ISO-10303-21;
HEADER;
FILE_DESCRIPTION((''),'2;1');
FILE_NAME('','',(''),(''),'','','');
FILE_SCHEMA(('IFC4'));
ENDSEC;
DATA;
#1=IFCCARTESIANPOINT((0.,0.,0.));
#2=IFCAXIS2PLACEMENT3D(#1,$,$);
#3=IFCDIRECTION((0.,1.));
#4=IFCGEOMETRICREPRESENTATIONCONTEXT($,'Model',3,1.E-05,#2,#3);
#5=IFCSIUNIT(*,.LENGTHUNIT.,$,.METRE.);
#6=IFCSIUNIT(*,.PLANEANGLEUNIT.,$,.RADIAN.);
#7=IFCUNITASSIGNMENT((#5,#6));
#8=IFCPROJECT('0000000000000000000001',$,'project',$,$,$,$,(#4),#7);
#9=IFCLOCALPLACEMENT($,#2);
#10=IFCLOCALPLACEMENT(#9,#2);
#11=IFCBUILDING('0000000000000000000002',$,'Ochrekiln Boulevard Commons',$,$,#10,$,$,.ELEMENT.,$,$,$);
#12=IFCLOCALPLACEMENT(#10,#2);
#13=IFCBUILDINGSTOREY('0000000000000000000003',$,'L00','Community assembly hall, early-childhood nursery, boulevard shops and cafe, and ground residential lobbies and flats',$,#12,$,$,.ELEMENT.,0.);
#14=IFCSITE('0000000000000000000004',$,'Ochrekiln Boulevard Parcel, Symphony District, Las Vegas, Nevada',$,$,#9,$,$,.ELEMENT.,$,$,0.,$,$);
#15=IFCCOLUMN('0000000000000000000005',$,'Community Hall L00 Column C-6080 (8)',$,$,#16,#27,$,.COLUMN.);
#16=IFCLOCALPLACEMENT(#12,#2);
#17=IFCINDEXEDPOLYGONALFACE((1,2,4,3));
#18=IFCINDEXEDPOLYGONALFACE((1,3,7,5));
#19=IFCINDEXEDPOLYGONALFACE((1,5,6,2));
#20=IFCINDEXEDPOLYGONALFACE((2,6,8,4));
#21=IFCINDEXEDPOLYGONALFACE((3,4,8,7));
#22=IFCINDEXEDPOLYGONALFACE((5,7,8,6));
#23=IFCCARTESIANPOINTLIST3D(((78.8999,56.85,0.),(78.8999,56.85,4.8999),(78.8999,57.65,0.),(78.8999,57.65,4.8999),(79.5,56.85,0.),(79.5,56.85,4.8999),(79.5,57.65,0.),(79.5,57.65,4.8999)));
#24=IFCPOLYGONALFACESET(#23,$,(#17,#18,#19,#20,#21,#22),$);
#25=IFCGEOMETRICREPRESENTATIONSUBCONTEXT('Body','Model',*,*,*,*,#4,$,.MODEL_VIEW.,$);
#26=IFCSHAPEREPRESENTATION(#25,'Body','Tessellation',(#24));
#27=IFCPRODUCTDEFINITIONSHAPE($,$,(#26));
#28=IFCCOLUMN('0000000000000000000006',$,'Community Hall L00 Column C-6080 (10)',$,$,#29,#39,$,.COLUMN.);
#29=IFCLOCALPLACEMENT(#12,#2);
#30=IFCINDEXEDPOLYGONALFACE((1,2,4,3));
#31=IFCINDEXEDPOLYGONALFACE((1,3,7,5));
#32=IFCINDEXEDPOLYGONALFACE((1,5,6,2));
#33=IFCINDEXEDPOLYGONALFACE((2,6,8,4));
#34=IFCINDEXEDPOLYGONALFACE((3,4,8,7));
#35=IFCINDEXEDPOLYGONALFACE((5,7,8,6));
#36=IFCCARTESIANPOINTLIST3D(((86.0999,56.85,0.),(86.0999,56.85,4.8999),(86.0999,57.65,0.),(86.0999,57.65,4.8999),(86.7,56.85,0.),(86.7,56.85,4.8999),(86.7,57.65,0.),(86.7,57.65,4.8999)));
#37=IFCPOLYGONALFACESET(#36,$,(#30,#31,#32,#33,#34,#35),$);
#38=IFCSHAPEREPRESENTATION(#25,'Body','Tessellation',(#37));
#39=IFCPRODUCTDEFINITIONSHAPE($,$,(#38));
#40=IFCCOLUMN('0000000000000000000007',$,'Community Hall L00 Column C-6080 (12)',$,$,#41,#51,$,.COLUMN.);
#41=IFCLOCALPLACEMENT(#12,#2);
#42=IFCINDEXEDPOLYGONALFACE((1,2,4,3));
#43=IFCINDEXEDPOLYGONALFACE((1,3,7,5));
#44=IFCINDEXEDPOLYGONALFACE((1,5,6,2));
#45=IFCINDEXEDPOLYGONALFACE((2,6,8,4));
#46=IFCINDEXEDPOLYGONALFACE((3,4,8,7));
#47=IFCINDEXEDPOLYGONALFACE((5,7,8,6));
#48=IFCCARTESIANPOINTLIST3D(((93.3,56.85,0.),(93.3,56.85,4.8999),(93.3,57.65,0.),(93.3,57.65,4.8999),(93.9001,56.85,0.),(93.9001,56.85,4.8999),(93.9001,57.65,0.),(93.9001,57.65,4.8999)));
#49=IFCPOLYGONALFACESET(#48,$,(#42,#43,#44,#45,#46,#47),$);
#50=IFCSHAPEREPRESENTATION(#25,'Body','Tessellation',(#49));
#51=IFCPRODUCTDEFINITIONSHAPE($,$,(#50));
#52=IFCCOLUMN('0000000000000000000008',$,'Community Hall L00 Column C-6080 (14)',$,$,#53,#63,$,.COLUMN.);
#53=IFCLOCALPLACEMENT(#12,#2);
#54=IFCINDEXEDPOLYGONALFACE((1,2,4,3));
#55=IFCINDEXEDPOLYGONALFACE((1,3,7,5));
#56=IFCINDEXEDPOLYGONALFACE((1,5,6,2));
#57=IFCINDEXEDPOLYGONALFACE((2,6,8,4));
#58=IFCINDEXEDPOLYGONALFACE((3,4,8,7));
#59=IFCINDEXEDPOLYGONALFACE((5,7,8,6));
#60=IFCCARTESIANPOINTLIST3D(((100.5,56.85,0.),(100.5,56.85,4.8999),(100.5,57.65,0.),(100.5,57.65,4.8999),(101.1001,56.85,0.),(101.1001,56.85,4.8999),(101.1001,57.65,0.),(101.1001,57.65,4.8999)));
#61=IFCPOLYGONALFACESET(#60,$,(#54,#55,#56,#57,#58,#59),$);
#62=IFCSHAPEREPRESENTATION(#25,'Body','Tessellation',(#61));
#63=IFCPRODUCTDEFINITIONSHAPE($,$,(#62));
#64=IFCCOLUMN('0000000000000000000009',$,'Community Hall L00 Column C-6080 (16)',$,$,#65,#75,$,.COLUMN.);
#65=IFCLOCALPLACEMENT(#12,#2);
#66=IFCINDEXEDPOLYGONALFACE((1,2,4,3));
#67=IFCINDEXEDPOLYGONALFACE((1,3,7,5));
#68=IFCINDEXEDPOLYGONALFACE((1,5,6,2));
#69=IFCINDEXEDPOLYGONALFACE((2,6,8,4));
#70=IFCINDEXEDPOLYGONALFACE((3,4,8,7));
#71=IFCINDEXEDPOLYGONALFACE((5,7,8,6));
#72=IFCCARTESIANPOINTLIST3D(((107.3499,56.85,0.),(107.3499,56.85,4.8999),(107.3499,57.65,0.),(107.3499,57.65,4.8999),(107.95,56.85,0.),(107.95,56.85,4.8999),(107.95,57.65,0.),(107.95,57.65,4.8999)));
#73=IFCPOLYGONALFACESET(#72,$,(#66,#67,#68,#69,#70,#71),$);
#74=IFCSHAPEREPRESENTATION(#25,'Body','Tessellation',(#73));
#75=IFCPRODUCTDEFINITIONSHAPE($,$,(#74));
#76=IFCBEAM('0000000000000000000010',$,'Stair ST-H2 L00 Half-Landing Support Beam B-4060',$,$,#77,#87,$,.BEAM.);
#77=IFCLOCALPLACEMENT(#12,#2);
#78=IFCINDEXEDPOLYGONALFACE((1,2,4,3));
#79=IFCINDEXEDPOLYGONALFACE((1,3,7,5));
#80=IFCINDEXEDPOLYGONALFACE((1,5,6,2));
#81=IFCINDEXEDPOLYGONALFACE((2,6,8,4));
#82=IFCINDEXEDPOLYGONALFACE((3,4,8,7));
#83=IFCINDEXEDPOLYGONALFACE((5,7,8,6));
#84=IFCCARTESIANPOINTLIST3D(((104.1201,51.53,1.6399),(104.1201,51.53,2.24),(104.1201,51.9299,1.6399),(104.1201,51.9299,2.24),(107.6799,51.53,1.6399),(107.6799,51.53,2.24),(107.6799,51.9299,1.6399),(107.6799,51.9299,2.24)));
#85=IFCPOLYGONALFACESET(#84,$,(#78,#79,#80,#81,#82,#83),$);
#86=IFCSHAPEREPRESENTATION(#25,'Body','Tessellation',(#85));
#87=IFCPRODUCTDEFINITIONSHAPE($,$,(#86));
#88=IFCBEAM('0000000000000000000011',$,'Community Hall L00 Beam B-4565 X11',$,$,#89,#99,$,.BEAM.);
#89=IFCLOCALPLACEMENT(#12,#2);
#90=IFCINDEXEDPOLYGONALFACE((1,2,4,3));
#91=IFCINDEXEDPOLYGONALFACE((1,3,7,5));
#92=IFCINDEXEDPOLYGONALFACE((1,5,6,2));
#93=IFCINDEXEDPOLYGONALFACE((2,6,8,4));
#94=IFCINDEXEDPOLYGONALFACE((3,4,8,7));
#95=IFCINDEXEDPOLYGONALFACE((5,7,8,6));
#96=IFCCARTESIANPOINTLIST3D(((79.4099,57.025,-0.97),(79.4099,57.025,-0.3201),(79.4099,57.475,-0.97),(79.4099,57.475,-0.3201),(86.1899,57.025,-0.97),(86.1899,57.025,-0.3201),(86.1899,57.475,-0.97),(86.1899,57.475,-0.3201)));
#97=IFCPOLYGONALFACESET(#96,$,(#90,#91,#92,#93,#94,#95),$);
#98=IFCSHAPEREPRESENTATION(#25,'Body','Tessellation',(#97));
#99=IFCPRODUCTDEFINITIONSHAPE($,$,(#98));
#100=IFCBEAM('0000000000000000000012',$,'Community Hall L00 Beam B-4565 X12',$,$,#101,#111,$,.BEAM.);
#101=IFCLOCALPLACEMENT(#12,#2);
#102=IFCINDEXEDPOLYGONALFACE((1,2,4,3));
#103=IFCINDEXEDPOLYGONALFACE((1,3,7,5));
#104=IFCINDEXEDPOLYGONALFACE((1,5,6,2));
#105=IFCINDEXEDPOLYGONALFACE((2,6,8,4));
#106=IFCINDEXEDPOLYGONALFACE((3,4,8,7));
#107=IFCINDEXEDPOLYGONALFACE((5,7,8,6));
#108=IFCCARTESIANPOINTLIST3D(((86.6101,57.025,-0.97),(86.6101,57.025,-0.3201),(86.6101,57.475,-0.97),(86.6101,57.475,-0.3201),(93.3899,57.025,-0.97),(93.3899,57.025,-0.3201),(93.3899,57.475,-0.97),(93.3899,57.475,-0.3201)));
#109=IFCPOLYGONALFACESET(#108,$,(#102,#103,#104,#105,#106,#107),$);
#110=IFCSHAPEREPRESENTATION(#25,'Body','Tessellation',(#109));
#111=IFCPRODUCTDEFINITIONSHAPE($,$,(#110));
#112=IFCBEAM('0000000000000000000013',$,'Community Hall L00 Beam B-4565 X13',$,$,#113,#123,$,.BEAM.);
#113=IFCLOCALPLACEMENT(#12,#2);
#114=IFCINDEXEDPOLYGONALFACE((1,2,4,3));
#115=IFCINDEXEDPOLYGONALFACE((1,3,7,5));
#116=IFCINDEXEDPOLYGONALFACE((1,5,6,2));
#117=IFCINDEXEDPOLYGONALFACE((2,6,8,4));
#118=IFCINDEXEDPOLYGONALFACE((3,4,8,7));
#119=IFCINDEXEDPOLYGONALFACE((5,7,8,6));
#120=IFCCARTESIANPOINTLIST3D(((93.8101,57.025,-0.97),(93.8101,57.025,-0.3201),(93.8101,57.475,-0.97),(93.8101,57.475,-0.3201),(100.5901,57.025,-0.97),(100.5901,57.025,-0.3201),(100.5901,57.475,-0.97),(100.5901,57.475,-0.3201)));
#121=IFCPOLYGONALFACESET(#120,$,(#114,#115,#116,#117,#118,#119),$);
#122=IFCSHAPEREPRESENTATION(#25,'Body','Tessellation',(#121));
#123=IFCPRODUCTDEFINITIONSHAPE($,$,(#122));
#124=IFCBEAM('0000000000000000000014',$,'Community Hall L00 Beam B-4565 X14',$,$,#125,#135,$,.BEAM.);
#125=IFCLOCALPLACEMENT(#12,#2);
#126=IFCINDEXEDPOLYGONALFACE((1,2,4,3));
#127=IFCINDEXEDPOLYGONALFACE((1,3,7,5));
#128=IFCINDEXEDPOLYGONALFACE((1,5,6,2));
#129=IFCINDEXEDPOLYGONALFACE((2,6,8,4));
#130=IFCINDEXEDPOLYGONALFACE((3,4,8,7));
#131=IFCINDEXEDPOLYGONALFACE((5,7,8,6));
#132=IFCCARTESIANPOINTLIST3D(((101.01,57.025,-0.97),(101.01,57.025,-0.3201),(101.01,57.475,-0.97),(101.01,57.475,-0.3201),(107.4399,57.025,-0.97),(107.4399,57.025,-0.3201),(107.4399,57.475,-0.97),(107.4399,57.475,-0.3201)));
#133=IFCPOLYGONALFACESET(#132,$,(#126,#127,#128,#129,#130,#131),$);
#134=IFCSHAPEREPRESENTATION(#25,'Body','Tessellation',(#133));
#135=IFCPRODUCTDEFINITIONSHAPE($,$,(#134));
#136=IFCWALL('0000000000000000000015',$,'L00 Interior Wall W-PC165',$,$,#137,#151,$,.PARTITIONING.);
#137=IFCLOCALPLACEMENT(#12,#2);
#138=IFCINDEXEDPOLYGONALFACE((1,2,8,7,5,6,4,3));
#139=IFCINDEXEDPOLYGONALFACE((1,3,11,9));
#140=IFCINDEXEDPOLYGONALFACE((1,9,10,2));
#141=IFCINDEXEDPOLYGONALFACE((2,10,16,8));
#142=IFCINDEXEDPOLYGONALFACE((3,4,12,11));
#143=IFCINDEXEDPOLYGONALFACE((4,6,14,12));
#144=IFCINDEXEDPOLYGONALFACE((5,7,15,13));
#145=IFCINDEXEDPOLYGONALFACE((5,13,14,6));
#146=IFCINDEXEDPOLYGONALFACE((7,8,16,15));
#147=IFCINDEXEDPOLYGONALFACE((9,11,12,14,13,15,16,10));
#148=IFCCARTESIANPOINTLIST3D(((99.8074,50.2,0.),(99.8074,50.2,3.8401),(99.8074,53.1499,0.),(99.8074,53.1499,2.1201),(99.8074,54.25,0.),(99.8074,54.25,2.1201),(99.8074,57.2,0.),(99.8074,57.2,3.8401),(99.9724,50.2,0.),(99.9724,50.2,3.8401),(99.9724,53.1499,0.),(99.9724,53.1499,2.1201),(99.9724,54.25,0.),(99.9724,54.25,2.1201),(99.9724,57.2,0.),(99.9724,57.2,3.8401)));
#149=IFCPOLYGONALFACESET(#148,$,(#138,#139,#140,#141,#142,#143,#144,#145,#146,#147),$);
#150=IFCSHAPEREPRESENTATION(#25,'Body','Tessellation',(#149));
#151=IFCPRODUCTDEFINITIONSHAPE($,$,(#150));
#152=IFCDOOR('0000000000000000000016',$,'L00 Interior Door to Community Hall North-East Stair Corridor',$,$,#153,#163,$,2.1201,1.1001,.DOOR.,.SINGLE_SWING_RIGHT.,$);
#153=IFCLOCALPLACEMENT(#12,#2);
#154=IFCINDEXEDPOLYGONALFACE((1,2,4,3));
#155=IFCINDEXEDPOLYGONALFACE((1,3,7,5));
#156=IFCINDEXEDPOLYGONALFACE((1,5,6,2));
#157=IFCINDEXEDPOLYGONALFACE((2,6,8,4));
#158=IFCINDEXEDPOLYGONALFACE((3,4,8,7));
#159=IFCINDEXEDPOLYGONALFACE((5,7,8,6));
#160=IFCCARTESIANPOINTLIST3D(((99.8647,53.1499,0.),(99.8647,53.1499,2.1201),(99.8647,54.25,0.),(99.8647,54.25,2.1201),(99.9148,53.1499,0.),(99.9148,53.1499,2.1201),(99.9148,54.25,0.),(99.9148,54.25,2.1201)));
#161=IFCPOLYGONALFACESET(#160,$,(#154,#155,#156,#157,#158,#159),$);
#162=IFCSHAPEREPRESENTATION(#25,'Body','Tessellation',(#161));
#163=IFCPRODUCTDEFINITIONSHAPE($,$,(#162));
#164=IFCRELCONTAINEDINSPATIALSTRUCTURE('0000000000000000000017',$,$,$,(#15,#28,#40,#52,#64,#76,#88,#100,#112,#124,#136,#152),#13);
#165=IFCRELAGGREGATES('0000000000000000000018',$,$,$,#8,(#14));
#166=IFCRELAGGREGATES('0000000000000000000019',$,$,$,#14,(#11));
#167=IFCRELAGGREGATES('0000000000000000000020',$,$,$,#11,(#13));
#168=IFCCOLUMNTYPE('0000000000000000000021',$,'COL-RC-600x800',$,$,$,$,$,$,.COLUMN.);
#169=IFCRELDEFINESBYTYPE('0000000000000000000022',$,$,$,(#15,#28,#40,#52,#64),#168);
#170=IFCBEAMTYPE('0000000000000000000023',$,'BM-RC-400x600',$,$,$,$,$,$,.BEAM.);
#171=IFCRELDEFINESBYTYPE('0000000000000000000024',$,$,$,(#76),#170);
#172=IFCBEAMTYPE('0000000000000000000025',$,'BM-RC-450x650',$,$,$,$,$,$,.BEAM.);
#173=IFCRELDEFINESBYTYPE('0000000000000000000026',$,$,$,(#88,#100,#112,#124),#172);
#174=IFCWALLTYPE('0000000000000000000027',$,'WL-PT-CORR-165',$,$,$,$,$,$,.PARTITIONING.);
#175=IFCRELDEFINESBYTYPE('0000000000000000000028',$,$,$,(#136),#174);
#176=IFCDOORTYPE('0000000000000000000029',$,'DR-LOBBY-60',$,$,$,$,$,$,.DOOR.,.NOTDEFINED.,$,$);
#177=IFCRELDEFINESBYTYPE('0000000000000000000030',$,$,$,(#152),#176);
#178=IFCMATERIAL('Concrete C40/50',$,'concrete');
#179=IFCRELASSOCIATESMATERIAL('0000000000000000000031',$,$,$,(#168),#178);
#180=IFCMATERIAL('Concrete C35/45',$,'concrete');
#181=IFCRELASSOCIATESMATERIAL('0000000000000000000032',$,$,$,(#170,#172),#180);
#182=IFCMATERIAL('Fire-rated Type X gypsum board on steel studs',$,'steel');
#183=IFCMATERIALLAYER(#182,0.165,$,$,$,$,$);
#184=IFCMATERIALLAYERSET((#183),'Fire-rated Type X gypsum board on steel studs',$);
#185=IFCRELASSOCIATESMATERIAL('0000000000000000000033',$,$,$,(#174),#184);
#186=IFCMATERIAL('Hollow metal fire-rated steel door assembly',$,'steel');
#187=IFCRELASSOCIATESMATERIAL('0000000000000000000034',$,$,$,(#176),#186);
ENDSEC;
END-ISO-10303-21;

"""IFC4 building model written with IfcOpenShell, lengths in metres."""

from ifc_helpers import new_model, si_unit, direction, frame, frame_2d, origin, origin_2d, place, context, subcontext, project, spatial, rectangle, extrude, material, layer, layer_set, material_profile, profile_set, type_object, element, fill, save


model = new_model("IFC4")

# Units and contexts
model_context = context("Model", 3, precision=1e-05, world=origin(), true_north=direction((0.0, 1.0)))
body_context = subcontext(model_context, "Body", "Model", "MODEL_VIEW")
ifc_project = project(units=[si_unit("LENGTHUNIT", "METRE"), si_unit("PLANEANGLEUNIT", "RADIAN")], contexts=[model_context])

# Site, building, storey
site_placement = place(None, origin())
site = spatial("IfcSite", under=ifc_project, at=site_placement, Name="Ochrekiln Boulevard Parcel, Symphony District, Las Vegas, Nevada", CompositionType="ELEMENT", RefElevation=0.0)
building_placement = place(site_placement, origin())
building = spatial("IfcBuilding", under=site, at=building_placement, Name="Ochrekiln Boulevard Commons", CompositionType="ELEMENT")
storey_placement = place(building_placement, origin())
storey = spatial("IfcBuildingStorey", under=building, at=storey_placement, Name="L00", Description="Community assembly hall, early-childhood nursery, boulevard shops and cafe, and ground residential lobbies and flats", CompositionType="ELEMENT", Elevation=0.0)

# Columns
ifc_material_1 = material(Name="Concrete C40/50", Category="concrete")
ifc_material_profile_1 = material_profile(ifc_material_1, rectangle(XDim=0.6001, YDim=0.8, at=origin_2d()), Name="RC-COL-600x800")
ifc_profile_set_1 = profile_set([ifc_material_profile_1], Name="Concrete C40/50")
column_type = type_object("IfcColumnType", Name="COL-RC-600x800", PredefinedType="COLUMN", material=ifc_profile_set_1)
for number, where, z_axis, x_axis, name in (
    (1, (79.2, 57.25, 0.0), (0.0, 0.0, 1.0), (1.0, 0.0, 0.0), "Community Hall L00 Column C-6080 (8)"),
    (2, (86.3999, 57.25, 0.0), (0.0, 0.0, 1.0), (1.0, 0.0, 0.0), "Community Hall L00 Column C-6080 (10)"),
    (3, (93.6001, 57.25, 0.0), (0.0, 0.0, 1.0), (1.0, 0.0, 0.0), "Community Hall L00 Column C-6080 (12)"),
    (4, (100.8, 57.25, 0.0), (0.0, 0.0, 1.0), (1.0, 0.0, 0.0), "Community Hall L00 Column C-6080 (14)"),
    (5, (107.6499, 57.25, 0.0), (0.0, 0.0, 1.0), (1.0, 0.0, 0.0), "Community Hall L00 Column C-6080 (16)"),
):
    element("IfcColumn", number, at=place(storey_placement, frame(where, z_axis=z_axis, x_axis=x_axis)), inside=storey, type_object=column_type, Name=name, PredefinedType="COLUMN", context=body_context, shape_type="SweptSolid", body=[
        extrude(rectangle(XDim=0.6001, YDim=0.8, at=origin_2d()), origin(), (0.0, 0.0, 1.0), 4.8999),
    ])

# Beams
ifc_material_2 = material(Name="Concrete C35/45", Category="concrete")
ifc_material_profile_2 = material_profile(ifc_material_2, rectangle(XDim=0.3999, YDim=0.6001, at=origin_2d()), Name="RC-BM-400x600")
ifc_profile_set_2 = profile_set([ifc_material_profile_2], Name="Concrete C35/45")
beam_type_1 = type_object("IfcBeamType", Name="BM-RC-400x600", PredefinedType="BEAM", material=ifc_profile_set_2)
beam_1_placement = place(storey_placement, frame((104.1201, 51.73, 1.9399), z_axis=(1.0, 0.0, 0.0), x_axis=(0.0, 1.0, 0.0)))
element("IfcBeam", 6, at=beam_1_placement, inside=storey, type_object=beam_type_1, Name="Stair ST-H2 L00 Half-Landing Support Beam B-4060", PredefinedType="BEAM", context=body_context, shape_type="SweptSolid", body=[
    extrude(rectangle(XDim=0.3999, YDim=0.6001, at=origin_2d()), origin(), (0.0, 0.0, 1.0), 3.5598),
])
ifc_material_profile_3 = material_profile(ifc_material_2, rectangle(XDim=0.45, YDim=0.6499, at=origin_2d()), Name="RC-BM-450x650")
ifc_profile_set_3 = profile_set([ifc_material_profile_3], Name="Concrete C35/45")
beam_type_2 = type_object("IfcBeamType", Name="BM-RC-450x650", PredefinedType="BEAM", material=ifc_profile_set_3)
beam_2_placement = place(storey_placement, frame((79.4099, 57.25, -0.645), z_axis=(1.0, 0.0, 0.0), x_axis=(0.0, 1.0, 0.0)))
element("IfcBeam", 7, at=beam_2_placement, inside=storey, type_object=beam_type_2, Name="Community Hall L00 Beam B-4565 X11", PredefinedType="BEAM", context=body_context, shape_type="SweptSolid", body=[
    extrude(rectangle(XDim=0.45, YDim=0.6499, at=origin_2d()), origin(), (0.0, 0.0, 1.0), 6.78),
])
beam_3_placement = place(storey_placement, frame((86.6101, 57.25, -0.645), z_axis=(1.0, 0.0, 0.0), x_axis=(0.0, 1.0, 0.0)))
element("IfcBeam", 8, at=beam_3_placement, inside=storey, type_object=beam_type_2, Name="Community Hall L00 Beam B-4565 X12", PredefinedType="BEAM", context=body_context, shape_type="SweptSolid", body=[
    extrude(rectangle(XDim=0.45, YDim=0.6499, at=origin_2d()), origin(), (0.0, 0.0, 1.0), 6.7798),
])
beam_4_placement = place(storey_placement, frame((93.8101, 57.25, -0.645), z_axis=(1.0, 0.0, 0.0), x_axis=(0.0, 1.0, 0.0)))
element("IfcBeam", 9, at=beam_4_placement, inside=storey, type_object=beam_type_2, Name="Community Hall L00 Beam B-4565 X13", PredefinedType="BEAM", context=body_context, shape_type="SweptSolid", body=[
    extrude(rectangle(XDim=0.45, YDim=0.6499, at=origin_2d()), origin(), (0.0, 0.0, 1.0), 6.78),
])
beam_5_placement = place(storey_placement, frame((101.01, 57.25, -0.645), z_axis=(1.0, 0.0, 0.0), x_axis=(0.0, 1.0, 0.0)))
element("IfcBeam", 10, at=beam_5_placement, inside=storey, type_object=beam_type_2, Name="Community Hall L00 Beam B-4565 X14", PredefinedType="BEAM", context=body_context, shape_type="SweptSolid", body=[
    extrude(rectangle(XDim=0.45, YDim=0.6499, at=origin_2d()), origin(), (0.0, 0.0, 1.0), 6.4299),
])

# Wall, opening, door
ifc_material_3 = material(Name="Fire-rated Type X gypsum board on steel studs", Category="steel")
ifc_layer_1 = layer(ifc_material_3, 0.165)
ifc_layer_set_1 = layer_set([ifc_layer_1], Name="Fire-rated Type X gypsum board on steel studs")
wall_type_1 = type_object("IfcWallType", Name="WL-PT-CORR-165", PredefinedType="PARTITIONING", material=ifc_layer_set_1)
wall_1_placement = place(storey_placement, frame((99.8899, 50.2, 0.0), z_axis=(0.0, 0.0, 1.0), x_axis=(0.0, 1.0, 0.0)))
wall_1 = element("IfcWall", 11, at=wall_1_placement, inside=storey, type_object=wall_type_1, Name="L00 Interior Wall W-PC165", PredefinedType="PARTITIONING", context=body_context, shape_type="SweptSolid", body=[
    extrude(rectangle(XDim=7.0, YDim=0.165, at=frame_2d((3.5, 0.0))), origin(), (0.0, 0.0, 1.0), 3.8401),
])
opening_1_placement = place(wall_1_placement, frame((2.95, 0.0, 0.0)))
opening_1 = element("IfcOpeningElement", 12, at=opening_1_placement, cuts=wall_1, PredefinedType="OPENING", context=body_context, shape_type="SweptSolid", body=[
    extrude(rectangle(XDim=1.1001, YDim=2.1201, at=frame_2d((0.55, 1.0601))), frame((0.0, 0.0925, 0.0), z_axis=(0.0, -1.0, 0.0), x_axis=(1.0, 0.0, 0.0)), (0.0, 0.0, 1.0), 0.1851),
])
ifc_material_4 = material(Name="Hollow metal fire-rated steel door assembly", Category="steel")
door_type_1 = type_object("IfcDoorType", Name="DR-LOBBY-60", OperationType="NOTDEFINED", PredefinedType="DOOR", material=ifc_material_4)
door_1_placement = place(opening_1_placement, frame((1.1001, 0.0, 0.0), z_axis=(0.0, 0.0, 1.0), x_axis=(-1.0, 0.0, 0.0)))
door_1 = element("IfcDoor", 13, at=door_1_placement, inside=storey, type_object=door_type_1, Name="L00 Interior Door to Community Hall North-East Stair Corridor", OperationType="SINGLE_SWING_RIGHT", OverallHeight=2.1201, OverallWidth=1.1001, PredefinedType="DOOR", context=body_context, shape_type="SweptSolid", body=[
    extrude(rectangle(XDim=1.1001, YDim=2.1201, at=frame_2d((0.55, 1.0601))), frame((0.0, 0.0249, 0.0), z_axis=(0.0, -1.0, 0.0), x_axis=(1.0, 0.0, 0.0)), (0.0, 0.0, 1.0), 0.05),
])
fill(opening_1, door_1)

save(model, "model.ifc")
